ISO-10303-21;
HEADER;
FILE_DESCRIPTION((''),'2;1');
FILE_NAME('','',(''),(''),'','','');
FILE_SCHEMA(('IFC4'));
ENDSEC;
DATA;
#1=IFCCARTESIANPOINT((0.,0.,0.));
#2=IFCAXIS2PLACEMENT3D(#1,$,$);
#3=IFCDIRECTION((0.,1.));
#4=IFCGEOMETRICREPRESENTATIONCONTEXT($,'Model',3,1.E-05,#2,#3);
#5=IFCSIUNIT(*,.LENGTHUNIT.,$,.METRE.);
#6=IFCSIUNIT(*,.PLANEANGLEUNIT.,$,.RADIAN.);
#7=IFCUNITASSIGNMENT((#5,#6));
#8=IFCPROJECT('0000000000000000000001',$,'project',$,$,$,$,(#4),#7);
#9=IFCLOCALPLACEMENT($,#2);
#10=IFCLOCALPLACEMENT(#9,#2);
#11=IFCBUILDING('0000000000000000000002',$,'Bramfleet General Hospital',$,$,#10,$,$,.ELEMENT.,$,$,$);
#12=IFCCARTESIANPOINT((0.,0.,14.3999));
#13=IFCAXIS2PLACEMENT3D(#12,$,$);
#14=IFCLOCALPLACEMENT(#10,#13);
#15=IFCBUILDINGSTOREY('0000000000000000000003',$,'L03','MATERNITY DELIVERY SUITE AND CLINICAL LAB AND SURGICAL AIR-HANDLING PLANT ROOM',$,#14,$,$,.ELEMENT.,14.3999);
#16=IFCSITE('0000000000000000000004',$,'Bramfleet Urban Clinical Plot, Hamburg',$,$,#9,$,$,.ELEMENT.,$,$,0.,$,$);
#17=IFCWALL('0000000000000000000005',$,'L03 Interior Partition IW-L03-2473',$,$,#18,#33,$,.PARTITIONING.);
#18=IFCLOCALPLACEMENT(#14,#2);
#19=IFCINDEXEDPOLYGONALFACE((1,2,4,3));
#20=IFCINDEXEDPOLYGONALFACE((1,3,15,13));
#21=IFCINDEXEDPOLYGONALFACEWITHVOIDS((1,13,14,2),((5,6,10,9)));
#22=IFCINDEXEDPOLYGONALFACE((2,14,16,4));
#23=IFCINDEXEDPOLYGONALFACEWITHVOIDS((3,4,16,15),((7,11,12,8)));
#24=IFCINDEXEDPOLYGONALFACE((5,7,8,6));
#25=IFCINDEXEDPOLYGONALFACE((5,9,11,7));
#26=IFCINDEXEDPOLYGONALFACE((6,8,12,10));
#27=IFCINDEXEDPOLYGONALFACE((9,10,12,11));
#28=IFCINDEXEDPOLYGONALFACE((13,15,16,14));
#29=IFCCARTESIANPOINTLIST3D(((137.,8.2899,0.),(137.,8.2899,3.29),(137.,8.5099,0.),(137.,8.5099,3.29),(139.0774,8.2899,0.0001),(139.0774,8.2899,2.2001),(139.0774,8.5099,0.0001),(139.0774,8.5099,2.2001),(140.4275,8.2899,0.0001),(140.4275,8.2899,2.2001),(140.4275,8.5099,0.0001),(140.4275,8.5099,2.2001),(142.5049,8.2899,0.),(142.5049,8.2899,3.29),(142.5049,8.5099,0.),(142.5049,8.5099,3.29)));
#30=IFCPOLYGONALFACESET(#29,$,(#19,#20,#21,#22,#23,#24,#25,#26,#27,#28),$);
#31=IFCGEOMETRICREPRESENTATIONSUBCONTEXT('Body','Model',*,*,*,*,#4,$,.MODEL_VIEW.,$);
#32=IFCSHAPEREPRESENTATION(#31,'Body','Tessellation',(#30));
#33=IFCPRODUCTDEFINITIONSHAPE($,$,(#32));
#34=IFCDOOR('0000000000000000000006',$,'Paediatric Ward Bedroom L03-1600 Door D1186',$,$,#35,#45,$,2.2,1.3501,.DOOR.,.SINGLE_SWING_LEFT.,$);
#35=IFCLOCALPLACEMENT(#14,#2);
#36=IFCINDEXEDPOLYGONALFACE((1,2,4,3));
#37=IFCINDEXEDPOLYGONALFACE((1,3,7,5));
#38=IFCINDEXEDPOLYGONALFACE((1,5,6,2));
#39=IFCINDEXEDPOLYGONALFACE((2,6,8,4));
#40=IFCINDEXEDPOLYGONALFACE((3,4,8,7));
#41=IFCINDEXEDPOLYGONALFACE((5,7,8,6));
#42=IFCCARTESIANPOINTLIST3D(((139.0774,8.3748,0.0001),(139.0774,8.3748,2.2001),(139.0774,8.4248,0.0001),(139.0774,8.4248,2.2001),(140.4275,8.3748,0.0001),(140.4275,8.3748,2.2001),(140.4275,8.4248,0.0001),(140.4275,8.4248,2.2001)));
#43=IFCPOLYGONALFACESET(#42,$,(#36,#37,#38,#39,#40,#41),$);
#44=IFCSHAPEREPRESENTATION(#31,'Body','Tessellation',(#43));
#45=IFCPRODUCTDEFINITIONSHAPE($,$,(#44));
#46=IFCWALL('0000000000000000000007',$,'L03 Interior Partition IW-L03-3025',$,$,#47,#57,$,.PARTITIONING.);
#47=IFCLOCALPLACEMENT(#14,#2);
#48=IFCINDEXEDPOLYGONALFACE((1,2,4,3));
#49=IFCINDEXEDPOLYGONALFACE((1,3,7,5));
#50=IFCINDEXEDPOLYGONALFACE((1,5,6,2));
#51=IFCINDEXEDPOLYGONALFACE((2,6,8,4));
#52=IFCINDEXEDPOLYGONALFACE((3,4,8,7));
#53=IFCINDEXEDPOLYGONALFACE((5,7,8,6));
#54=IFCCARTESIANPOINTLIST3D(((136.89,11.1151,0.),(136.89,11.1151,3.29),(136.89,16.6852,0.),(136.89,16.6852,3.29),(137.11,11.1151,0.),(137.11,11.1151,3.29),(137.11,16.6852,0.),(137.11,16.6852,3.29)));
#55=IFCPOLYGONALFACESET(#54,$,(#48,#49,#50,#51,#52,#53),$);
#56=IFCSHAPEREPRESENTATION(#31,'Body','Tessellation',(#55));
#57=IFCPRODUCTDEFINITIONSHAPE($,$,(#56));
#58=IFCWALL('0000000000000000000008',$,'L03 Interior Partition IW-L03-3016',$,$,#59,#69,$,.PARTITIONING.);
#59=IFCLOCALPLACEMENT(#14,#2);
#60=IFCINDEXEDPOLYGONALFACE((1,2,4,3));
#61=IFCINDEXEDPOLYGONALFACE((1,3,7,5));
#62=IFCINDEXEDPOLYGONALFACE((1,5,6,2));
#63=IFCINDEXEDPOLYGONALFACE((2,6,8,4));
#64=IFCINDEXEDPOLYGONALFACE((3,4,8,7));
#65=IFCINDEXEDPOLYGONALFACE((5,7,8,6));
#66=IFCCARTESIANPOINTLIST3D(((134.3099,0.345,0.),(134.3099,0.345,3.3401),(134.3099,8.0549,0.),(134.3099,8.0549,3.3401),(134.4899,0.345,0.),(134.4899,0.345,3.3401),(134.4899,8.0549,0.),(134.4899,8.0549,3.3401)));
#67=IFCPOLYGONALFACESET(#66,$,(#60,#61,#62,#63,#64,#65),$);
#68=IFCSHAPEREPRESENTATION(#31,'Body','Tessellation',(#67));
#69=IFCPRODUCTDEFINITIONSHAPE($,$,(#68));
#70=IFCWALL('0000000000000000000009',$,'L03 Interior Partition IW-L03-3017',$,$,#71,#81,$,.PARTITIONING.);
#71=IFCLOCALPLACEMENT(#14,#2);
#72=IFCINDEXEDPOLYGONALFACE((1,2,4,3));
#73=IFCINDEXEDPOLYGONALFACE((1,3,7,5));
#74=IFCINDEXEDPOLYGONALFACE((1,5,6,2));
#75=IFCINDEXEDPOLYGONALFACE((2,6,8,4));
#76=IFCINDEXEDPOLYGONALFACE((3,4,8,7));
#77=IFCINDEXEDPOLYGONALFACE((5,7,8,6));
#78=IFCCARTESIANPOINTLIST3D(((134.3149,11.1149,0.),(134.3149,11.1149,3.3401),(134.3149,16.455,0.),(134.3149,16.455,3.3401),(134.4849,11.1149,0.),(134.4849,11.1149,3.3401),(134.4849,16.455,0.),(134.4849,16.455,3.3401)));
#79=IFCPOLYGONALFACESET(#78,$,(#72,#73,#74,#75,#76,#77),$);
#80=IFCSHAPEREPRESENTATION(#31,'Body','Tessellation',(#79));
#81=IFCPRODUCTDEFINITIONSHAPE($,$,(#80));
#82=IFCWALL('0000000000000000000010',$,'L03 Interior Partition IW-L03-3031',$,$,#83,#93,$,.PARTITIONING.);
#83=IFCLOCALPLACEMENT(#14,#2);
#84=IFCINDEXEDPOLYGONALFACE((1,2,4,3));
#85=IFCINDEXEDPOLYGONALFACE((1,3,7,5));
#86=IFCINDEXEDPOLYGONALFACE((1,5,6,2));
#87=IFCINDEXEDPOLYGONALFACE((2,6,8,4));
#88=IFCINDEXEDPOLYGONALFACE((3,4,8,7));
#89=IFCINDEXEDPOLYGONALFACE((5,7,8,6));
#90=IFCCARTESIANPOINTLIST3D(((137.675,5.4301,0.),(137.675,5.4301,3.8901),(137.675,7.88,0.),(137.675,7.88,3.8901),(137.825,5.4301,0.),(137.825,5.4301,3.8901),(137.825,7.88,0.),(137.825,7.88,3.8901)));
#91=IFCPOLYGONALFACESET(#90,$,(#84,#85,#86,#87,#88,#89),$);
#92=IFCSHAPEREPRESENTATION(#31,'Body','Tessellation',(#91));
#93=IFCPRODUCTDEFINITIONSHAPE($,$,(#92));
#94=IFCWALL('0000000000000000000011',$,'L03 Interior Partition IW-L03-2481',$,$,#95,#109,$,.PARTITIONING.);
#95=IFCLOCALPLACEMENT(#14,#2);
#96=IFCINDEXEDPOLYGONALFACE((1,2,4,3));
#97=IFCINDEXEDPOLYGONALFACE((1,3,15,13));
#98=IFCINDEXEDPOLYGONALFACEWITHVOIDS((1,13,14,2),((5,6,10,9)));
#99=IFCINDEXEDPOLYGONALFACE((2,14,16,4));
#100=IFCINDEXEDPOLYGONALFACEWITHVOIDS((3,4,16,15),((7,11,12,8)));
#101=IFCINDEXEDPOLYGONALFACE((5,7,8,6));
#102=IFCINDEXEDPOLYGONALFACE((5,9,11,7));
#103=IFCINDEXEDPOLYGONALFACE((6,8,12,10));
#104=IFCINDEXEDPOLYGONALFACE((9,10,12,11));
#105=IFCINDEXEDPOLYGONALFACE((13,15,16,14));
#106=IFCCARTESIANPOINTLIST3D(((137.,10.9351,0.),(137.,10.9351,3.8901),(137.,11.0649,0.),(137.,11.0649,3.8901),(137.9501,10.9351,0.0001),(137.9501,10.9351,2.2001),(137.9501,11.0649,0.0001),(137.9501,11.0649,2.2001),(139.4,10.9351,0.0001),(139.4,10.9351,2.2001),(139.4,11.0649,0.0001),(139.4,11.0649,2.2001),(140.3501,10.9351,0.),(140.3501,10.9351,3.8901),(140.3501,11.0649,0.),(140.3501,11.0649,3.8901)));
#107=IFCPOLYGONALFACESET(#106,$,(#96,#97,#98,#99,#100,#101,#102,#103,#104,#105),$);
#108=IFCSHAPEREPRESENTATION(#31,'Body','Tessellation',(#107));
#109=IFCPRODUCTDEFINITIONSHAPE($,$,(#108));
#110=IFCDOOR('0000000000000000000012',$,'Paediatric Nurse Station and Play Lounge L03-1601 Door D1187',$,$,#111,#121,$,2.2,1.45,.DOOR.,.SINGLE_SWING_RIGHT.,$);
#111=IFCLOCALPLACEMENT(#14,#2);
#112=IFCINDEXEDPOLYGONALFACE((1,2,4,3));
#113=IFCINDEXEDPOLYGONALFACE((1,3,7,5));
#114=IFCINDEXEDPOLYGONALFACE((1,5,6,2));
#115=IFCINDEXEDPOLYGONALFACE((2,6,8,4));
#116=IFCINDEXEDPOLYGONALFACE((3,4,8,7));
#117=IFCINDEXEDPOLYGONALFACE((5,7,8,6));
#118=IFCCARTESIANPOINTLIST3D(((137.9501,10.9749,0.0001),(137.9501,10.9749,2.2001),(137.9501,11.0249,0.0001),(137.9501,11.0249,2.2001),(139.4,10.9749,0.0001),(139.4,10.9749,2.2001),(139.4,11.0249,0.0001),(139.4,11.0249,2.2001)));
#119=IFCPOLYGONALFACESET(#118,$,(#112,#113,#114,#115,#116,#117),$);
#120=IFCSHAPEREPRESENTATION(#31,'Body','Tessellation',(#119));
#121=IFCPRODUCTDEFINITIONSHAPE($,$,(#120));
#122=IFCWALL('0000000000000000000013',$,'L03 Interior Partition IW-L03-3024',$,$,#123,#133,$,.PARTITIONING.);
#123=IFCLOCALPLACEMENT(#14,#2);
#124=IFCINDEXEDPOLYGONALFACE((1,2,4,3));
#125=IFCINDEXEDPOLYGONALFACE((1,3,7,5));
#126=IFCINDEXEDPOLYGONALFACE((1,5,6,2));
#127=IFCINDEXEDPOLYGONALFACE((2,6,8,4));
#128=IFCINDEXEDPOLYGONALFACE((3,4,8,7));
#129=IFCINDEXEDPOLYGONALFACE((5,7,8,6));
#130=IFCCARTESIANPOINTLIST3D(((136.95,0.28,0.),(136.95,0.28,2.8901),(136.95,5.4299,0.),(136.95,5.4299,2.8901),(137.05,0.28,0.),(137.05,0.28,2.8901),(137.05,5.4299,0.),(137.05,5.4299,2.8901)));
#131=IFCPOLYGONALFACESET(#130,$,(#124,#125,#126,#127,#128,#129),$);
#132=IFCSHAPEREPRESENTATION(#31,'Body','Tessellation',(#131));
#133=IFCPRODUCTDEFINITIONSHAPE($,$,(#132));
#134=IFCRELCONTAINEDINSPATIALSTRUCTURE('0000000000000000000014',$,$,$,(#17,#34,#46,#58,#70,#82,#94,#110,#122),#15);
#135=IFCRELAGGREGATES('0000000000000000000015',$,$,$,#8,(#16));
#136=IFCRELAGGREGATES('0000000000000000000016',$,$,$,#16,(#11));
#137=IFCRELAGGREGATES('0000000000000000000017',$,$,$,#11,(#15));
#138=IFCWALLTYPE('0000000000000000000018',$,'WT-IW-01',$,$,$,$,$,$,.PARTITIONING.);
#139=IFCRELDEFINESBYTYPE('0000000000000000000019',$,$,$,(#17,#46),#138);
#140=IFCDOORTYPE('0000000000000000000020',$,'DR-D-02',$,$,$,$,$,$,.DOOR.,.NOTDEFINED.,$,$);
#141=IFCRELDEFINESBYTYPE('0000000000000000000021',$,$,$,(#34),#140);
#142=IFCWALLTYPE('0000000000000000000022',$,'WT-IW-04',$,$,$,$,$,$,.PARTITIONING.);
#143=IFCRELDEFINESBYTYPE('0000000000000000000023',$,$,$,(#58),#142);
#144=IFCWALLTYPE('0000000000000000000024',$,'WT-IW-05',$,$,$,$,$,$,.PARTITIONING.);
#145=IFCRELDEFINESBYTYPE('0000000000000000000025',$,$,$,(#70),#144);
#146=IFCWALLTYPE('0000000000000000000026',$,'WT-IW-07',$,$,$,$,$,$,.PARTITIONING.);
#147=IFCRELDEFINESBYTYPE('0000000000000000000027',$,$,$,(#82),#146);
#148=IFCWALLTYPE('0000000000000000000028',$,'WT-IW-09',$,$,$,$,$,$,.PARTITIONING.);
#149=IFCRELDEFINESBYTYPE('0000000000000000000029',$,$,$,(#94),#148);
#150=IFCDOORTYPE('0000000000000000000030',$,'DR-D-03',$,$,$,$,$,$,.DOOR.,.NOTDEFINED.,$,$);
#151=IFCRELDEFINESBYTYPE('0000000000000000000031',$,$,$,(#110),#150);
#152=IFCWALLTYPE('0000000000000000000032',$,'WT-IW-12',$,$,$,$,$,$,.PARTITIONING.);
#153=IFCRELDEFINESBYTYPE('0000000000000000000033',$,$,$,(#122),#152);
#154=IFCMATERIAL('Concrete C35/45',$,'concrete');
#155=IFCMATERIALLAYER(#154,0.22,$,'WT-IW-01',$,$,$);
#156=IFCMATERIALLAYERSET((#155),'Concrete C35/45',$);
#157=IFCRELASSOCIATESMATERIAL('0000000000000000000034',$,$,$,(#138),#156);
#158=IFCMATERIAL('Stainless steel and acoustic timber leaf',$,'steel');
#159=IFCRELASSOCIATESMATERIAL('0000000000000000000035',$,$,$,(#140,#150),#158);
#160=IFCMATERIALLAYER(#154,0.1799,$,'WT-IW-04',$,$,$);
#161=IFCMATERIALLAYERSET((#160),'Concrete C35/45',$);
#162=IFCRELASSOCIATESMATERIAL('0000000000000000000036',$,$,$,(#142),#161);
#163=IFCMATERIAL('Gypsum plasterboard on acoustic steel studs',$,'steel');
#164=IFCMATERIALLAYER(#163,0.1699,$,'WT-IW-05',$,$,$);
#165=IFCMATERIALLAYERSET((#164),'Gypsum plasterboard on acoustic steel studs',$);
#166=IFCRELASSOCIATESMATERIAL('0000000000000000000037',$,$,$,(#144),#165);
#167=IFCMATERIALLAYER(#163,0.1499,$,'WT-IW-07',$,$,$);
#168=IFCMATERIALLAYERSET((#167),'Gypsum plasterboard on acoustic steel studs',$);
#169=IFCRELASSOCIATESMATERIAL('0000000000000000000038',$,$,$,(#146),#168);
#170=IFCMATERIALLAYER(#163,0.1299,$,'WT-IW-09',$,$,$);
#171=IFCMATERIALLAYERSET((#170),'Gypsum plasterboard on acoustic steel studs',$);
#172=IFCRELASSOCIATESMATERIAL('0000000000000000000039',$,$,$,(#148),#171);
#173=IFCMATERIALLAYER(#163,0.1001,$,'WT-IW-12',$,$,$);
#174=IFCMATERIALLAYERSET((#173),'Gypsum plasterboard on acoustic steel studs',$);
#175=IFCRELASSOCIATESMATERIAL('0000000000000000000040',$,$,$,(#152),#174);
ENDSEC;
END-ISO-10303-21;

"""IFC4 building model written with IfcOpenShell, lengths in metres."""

from ifc_helpers import new_model, si_unit, direction, frame, frame_2d, origin, place, context, subcontext, project, spatial, rectangle, extrude, material, layer, layer_set, type_object, element, fill, save


model = new_model("IFC4")

# Units and contexts
model_context = context("Model", 3, precision=1e-05, world=origin(), true_north=direction((0.0, 1.0)))
body_context = subcontext(model_context, "Body", "Model", "MODEL_VIEW")
ifc_project = project(units=[si_unit("LENGTHUNIT", "METRE"), si_unit("PLANEANGLEUNIT", "RADIAN")], contexts=[model_context])

# Site, building, storey
site_placement = place(None, origin())
site = spatial("IfcSite", under=ifc_project, at=site_placement, Name="Bramfleet Urban Clinical Plot, Hamburg", CompositionType="ELEMENT", RefElevation=0.0)
building_placement = place(site_placement, origin())
building = spatial("IfcBuilding", under=site, at=building_placement, Name="Bramfleet General Hospital", CompositionType="ELEMENT")
storey_placement = place(building_placement, frame((0.0, 0.0, 14.3999)))
storey = spatial("IfcBuildingStorey", under=building, at=storey_placement, Name="L03", Description="MATERNITY DELIVERY SUITE AND CLINICAL LAB AND SURGICAL AIR-HANDLING PLANT ROOM", CompositionType="ELEMENT", Elevation=14.3999)

# Shared definitions
ifc_material_1 = material(Name="Concrete C35/45", Category="concrete")

# Wall, opening, door
ifc_layer_1 = layer(ifc_material_1, 0.22, Name="WT-IW-01")
ifc_layer_set_1 = layer_set([ifc_layer_1], Name="Concrete C35/45")
wall_type_1 = type_object("IfcWallType", Name="WT-IW-01", PredefinedType="PARTITIONING", material=ifc_layer_set_1)
wall_1_placement = place(storey_placement, frame((137.0, 8.3999, 0.0), z_axis=(0.0, 0.0, 1.0), x_axis=(1.0, 0.0, 0.0)))
wall_1 = element("IfcWall", 1, at=wall_1_placement, inside=storey, type_object=wall_type_1, Name="L03 Interior Partition IW-L03-2473", PredefinedType="PARTITIONING", context=body_context, shape_type="SweptSolid", body=[
    extrude(rectangle(XDim=5.5049, YDim=0.22, at=frame_2d((2.7524, 0.0))), origin(), (0.0, 0.0, 1.0), 3.29),
])
opening_1_placement = place(wall_1_placement, frame((2.0774, 0.0, 0.0)))
opening_1 = element("IfcOpeningElement", 2, at=opening_1_placement, cuts=wall_1, PredefinedType="OPENING", context=body_context, shape_type="SweptSolid", body=[
    extrude(rectangle(XDim=1.3501, YDim=2.2, at=frame_2d((0.675, 1.1001))), frame((0.0, 0.1199, 0.0), z_axis=(0.0, -1.0, 0.0), x_axis=(1.0, 0.0, 0.0)), (0.0, 0.0, 1.0), 0.24),
])
ifc_material_2 = material(Name="Stainless steel and acoustic timber leaf", Category="steel")
door_type_1 = type_object("IfcDoorType", Name="DR-D-02", OperationType="NOTDEFINED", PredefinedType="DOOR", material=ifc_material_2)
door_1_placement = place(opening_1_placement, origin())
door_1 = element("IfcDoor", 3, at=door_1_placement, inside=storey, type_object=door_type_1, Name="Paediatric Ward Bedroom L03-1600 Door D1186", OperationType="SINGLE_SWING_LEFT", OverallHeight=2.2, OverallWidth=1.3501, PredefinedType="DOOR", context=body_context, shape_type="SweptSolid", body=[
    extrude(rectangle(XDim=1.3501, YDim=2.2, at=frame_2d((0.675, 1.1001))), frame((0.0, 0.0249, 0.0), z_axis=(0.0, -1.0, 0.0), x_axis=(1.0, 0.0, 0.0)), (0.0, 0.0, 1.0), 0.05),
])
fill(opening_1, door_1)

# Walls
wall_2_placement = place(storey_placement, frame((137.0, 11.115, 0.0), z_axis=(0.0, 0.0, 1.0), x_axis=(0.0, 1.0, 0.0)))
element("IfcWall", 4, at=wall_2_placement, inside=storey, type_object=wall_type_1, Name="L03 Interior Partition IW-L03-3025", PredefinedType="PARTITIONING", context=body_context, shape_type="SweptSolid", body=[
    extrude(rectangle(XDim=5.5701, YDim=0.22, at=frame_2d((2.7852, 0.0))), origin(), (0.0, 0.0, 1.0), 3.29),
])
ifc_layer_2 = layer(ifc_material_1, 0.1799, Name="WT-IW-04")
ifc_layer_set_2 = layer_set([ifc_layer_2], Name="Concrete C35/45")
wall_type_2 = type_object("IfcWallType", Name="WT-IW-04", PredefinedType="PARTITIONING", material=ifc_layer_set_2)
wall_3_placement = place(storey_placement, frame((134.3999, 0.345, 0.0), z_axis=(0.0, 0.0, 1.0), x_axis=(0.0, 1.0, 0.0)))
element("IfcWall", 5, at=wall_3_placement, inside=storey, type_object=wall_type_2, Name="L03 Interior Partition IW-L03-3016", PredefinedType="PARTITIONING", context=body_context, shape_type="SweptSolid", body=[
    extrude(rectangle(XDim=7.71, YDim=0.1799, at=frame_2d((3.855, 0.0))), origin(), (0.0, 0.0, 1.0), 3.3401),
])
ifc_material_3 = material(Name="Gypsum plasterboard on acoustic steel studs", Category="steel")
ifc_layer_3 = layer(ifc_material_3, 0.1699, Name="WT-IW-05")
ifc_layer_set_3 = layer_set([ifc_layer_3], Name="Gypsum plasterboard on acoustic steel studs")
wall_type_3 = type_object("IfcWallType", Name="WT-IW-05", PredefinedType="PARTITIONING", material=ifc_layer_set_3)
wall_4_placement = place(storey_placement, frame((134.3999, 11.115, 0.0), z_axis=(0.0, 0.0, 1.0), x_axis=(0.0, 1.0, 0.0)))
element("IfcWall", 6, at=wall_4_placement, inside=storey, type_object=wall_type_3, Name="L03 Interior Partition IW-L03-3017", PredefinedType="PARTITIONING", context=body_context, shape_type="SweptSolid", body=[
    extrude(rectangle(XDim=5.3401, YDim=0.1699, at=frame_2d((2.6699, 0.0))), origin(), (0.0, 0.0, 1.0), 3.3401),
])
ifc_layer_4 = layer(ifc_material_3, 0.1499, Name="WT-IW-07")
ifc_layer_set_4 = layer_set([ifc_layer_4], Name="Gypsum plasterboard on acoustic steel studs")
wall_type_4 = type_object("IfcWallType", Name="WT-IW-07", PredefinedType="PARTITIONING", material=ifc_layer_set_4)
wall_5_placement = place(storey_placement, frame((137.75, 5.4299, 0.0), z_axis=(0.0, 0.0, 1.0), x_axis=(0.0, 1.0, 0.0)))
element("IfcWall", 7, at=wall_5_placement, inside=storey, type_object=wall_type_4, Name="L03 Interior Partition IW-L03-3031", PredefinedType="PARTITIONING", context=body_context, shape_type="SweptSolid", body=[
    extrude(rectangle(XDim=2.45, YDim=0.1499, at=frame_2d((1.2251, 0.0))), origin(), (0.0, 0.0, 1.0), 3.8901),
])

# Wall, opening, door
ifc_layer_5 = layer(ifc_material_3, 0.1299, Name="WT-IW-09")
ifc_layer_set_5 = layer_set([ifc_layer_5], Name="Gypsum plasterboard on acoustic steel studs")
wall_type_5 = type_object("IfcWallType", Name="WT-IW-09", PredefinedType="PARTITIONING", material=ifc_layer_set_5)
wall_6_placement = place(storey_placement, frame((137.0, 11.0, 0.0), z_axis=(0.0, 0.0, 1.0), x_axis=(1.0, 0.0, 0.0)))
wall_6 = element("IfcWall", 8, at=wall_6_placement, inside=storey, type_object=wall_type_5, Name="L03 Interior Partition IW-L03-2481", PredefinedType="PARTITIONING", context=body_context, shape_type="SweptSolid", body=[
    extrude(rectangle(XDim=3.3501, YDim=0.1299, at=frame_2d((1.675, 0.0))), origin(), (0.0, 0.0, 1.0), 3.8901),
])
opening_2_placement = place(wall_6_placement, frame((0.95, 0.0, 0.0)))
opening_2 = element("IfcOpeningElement", 9, at=opening_2_placement, cuts=wall_6, PredefinedType="OPENING", context=body_context, shape_type="SweptSolid", body=[
    extrude(rectangle(XDim=1.45, YDim=2.2, at=frame_2d((0.7251, 1.1001))), frame((0.0, 0.075, 0.0), z_axis=(0.0, -1.0, 0.0), x_axis=(1.0, 0.0, 0.0)), (0.0, 0.0, 1.0), 0.1499),
])
door_type_2 = type_object("IfcDoorType", Name="DR-D-03", OperationType="NOTDEFINED", PredefinedType="DOOR", material=ifc_material_2)
door_2_placement = place(opening_2_placement, origin())
door_2 = element("IfcDoor", 10, at=door_2_placement, inside=storey, type_object=door_type_2, Name="Paediatric Nurse Station and Play Lounge L03-1601 Door D1187", OperationType="SINGLE_SWING_RIGHT", OverallHeight=2.2, OverallWidth=1.45, PredefinedType="DOOR", context=body_context, shape_type="SweptSolid", body=[
    extrude(rectangle(XDim=1.45, YDim=2.2, at=frame_2d((0.7251, 1.1001))), frame((0.0, 0.0249, 0.0), z_axis=(0.0, -1.0, 0.0), x_axis=(1.0, 0.0, 0.0)), (0.0, 0.0, 1.0), 0.05),
])
fill(opening_2, door_2)

# Wall
ifc_layer_6 = layer(ifc_material_3, 0.1001, Name="WT-IW-12")
ifc_layer_set_6 = layer_set([ifc_layer_6], Name="Gypsum plasterboard on acoustic steel studs")
wall_type_6 = type_object("IfcWallType", Name="WT-IW-12", PredefinedType="PARTITIONING", material=ifc_layer_set_6)
wall_7_placement = place(storey_placement, frame((137.0, 0.28, 0.0), z_axis=(0.0, 0.0, 1.0), x_axis=(0.0, 1.0, 0.0)))
element("IfcWall", 11, at=wall_7_placement, inside=storey, type_object=wall_type_6, Name="L03 Interior Partition IW-L03-3024", PredefinedType="PARTITIONING", context=body_context, shape_type="SweptSolid", body=[
    extrude(rectangle(XDim=5.1499, YDim=0.1001, at=frame_2d((2.575, 0.0))), origin(), (0.0, 0.0, 1.0), 2.8901),
])

save(model, "model.ifc")
